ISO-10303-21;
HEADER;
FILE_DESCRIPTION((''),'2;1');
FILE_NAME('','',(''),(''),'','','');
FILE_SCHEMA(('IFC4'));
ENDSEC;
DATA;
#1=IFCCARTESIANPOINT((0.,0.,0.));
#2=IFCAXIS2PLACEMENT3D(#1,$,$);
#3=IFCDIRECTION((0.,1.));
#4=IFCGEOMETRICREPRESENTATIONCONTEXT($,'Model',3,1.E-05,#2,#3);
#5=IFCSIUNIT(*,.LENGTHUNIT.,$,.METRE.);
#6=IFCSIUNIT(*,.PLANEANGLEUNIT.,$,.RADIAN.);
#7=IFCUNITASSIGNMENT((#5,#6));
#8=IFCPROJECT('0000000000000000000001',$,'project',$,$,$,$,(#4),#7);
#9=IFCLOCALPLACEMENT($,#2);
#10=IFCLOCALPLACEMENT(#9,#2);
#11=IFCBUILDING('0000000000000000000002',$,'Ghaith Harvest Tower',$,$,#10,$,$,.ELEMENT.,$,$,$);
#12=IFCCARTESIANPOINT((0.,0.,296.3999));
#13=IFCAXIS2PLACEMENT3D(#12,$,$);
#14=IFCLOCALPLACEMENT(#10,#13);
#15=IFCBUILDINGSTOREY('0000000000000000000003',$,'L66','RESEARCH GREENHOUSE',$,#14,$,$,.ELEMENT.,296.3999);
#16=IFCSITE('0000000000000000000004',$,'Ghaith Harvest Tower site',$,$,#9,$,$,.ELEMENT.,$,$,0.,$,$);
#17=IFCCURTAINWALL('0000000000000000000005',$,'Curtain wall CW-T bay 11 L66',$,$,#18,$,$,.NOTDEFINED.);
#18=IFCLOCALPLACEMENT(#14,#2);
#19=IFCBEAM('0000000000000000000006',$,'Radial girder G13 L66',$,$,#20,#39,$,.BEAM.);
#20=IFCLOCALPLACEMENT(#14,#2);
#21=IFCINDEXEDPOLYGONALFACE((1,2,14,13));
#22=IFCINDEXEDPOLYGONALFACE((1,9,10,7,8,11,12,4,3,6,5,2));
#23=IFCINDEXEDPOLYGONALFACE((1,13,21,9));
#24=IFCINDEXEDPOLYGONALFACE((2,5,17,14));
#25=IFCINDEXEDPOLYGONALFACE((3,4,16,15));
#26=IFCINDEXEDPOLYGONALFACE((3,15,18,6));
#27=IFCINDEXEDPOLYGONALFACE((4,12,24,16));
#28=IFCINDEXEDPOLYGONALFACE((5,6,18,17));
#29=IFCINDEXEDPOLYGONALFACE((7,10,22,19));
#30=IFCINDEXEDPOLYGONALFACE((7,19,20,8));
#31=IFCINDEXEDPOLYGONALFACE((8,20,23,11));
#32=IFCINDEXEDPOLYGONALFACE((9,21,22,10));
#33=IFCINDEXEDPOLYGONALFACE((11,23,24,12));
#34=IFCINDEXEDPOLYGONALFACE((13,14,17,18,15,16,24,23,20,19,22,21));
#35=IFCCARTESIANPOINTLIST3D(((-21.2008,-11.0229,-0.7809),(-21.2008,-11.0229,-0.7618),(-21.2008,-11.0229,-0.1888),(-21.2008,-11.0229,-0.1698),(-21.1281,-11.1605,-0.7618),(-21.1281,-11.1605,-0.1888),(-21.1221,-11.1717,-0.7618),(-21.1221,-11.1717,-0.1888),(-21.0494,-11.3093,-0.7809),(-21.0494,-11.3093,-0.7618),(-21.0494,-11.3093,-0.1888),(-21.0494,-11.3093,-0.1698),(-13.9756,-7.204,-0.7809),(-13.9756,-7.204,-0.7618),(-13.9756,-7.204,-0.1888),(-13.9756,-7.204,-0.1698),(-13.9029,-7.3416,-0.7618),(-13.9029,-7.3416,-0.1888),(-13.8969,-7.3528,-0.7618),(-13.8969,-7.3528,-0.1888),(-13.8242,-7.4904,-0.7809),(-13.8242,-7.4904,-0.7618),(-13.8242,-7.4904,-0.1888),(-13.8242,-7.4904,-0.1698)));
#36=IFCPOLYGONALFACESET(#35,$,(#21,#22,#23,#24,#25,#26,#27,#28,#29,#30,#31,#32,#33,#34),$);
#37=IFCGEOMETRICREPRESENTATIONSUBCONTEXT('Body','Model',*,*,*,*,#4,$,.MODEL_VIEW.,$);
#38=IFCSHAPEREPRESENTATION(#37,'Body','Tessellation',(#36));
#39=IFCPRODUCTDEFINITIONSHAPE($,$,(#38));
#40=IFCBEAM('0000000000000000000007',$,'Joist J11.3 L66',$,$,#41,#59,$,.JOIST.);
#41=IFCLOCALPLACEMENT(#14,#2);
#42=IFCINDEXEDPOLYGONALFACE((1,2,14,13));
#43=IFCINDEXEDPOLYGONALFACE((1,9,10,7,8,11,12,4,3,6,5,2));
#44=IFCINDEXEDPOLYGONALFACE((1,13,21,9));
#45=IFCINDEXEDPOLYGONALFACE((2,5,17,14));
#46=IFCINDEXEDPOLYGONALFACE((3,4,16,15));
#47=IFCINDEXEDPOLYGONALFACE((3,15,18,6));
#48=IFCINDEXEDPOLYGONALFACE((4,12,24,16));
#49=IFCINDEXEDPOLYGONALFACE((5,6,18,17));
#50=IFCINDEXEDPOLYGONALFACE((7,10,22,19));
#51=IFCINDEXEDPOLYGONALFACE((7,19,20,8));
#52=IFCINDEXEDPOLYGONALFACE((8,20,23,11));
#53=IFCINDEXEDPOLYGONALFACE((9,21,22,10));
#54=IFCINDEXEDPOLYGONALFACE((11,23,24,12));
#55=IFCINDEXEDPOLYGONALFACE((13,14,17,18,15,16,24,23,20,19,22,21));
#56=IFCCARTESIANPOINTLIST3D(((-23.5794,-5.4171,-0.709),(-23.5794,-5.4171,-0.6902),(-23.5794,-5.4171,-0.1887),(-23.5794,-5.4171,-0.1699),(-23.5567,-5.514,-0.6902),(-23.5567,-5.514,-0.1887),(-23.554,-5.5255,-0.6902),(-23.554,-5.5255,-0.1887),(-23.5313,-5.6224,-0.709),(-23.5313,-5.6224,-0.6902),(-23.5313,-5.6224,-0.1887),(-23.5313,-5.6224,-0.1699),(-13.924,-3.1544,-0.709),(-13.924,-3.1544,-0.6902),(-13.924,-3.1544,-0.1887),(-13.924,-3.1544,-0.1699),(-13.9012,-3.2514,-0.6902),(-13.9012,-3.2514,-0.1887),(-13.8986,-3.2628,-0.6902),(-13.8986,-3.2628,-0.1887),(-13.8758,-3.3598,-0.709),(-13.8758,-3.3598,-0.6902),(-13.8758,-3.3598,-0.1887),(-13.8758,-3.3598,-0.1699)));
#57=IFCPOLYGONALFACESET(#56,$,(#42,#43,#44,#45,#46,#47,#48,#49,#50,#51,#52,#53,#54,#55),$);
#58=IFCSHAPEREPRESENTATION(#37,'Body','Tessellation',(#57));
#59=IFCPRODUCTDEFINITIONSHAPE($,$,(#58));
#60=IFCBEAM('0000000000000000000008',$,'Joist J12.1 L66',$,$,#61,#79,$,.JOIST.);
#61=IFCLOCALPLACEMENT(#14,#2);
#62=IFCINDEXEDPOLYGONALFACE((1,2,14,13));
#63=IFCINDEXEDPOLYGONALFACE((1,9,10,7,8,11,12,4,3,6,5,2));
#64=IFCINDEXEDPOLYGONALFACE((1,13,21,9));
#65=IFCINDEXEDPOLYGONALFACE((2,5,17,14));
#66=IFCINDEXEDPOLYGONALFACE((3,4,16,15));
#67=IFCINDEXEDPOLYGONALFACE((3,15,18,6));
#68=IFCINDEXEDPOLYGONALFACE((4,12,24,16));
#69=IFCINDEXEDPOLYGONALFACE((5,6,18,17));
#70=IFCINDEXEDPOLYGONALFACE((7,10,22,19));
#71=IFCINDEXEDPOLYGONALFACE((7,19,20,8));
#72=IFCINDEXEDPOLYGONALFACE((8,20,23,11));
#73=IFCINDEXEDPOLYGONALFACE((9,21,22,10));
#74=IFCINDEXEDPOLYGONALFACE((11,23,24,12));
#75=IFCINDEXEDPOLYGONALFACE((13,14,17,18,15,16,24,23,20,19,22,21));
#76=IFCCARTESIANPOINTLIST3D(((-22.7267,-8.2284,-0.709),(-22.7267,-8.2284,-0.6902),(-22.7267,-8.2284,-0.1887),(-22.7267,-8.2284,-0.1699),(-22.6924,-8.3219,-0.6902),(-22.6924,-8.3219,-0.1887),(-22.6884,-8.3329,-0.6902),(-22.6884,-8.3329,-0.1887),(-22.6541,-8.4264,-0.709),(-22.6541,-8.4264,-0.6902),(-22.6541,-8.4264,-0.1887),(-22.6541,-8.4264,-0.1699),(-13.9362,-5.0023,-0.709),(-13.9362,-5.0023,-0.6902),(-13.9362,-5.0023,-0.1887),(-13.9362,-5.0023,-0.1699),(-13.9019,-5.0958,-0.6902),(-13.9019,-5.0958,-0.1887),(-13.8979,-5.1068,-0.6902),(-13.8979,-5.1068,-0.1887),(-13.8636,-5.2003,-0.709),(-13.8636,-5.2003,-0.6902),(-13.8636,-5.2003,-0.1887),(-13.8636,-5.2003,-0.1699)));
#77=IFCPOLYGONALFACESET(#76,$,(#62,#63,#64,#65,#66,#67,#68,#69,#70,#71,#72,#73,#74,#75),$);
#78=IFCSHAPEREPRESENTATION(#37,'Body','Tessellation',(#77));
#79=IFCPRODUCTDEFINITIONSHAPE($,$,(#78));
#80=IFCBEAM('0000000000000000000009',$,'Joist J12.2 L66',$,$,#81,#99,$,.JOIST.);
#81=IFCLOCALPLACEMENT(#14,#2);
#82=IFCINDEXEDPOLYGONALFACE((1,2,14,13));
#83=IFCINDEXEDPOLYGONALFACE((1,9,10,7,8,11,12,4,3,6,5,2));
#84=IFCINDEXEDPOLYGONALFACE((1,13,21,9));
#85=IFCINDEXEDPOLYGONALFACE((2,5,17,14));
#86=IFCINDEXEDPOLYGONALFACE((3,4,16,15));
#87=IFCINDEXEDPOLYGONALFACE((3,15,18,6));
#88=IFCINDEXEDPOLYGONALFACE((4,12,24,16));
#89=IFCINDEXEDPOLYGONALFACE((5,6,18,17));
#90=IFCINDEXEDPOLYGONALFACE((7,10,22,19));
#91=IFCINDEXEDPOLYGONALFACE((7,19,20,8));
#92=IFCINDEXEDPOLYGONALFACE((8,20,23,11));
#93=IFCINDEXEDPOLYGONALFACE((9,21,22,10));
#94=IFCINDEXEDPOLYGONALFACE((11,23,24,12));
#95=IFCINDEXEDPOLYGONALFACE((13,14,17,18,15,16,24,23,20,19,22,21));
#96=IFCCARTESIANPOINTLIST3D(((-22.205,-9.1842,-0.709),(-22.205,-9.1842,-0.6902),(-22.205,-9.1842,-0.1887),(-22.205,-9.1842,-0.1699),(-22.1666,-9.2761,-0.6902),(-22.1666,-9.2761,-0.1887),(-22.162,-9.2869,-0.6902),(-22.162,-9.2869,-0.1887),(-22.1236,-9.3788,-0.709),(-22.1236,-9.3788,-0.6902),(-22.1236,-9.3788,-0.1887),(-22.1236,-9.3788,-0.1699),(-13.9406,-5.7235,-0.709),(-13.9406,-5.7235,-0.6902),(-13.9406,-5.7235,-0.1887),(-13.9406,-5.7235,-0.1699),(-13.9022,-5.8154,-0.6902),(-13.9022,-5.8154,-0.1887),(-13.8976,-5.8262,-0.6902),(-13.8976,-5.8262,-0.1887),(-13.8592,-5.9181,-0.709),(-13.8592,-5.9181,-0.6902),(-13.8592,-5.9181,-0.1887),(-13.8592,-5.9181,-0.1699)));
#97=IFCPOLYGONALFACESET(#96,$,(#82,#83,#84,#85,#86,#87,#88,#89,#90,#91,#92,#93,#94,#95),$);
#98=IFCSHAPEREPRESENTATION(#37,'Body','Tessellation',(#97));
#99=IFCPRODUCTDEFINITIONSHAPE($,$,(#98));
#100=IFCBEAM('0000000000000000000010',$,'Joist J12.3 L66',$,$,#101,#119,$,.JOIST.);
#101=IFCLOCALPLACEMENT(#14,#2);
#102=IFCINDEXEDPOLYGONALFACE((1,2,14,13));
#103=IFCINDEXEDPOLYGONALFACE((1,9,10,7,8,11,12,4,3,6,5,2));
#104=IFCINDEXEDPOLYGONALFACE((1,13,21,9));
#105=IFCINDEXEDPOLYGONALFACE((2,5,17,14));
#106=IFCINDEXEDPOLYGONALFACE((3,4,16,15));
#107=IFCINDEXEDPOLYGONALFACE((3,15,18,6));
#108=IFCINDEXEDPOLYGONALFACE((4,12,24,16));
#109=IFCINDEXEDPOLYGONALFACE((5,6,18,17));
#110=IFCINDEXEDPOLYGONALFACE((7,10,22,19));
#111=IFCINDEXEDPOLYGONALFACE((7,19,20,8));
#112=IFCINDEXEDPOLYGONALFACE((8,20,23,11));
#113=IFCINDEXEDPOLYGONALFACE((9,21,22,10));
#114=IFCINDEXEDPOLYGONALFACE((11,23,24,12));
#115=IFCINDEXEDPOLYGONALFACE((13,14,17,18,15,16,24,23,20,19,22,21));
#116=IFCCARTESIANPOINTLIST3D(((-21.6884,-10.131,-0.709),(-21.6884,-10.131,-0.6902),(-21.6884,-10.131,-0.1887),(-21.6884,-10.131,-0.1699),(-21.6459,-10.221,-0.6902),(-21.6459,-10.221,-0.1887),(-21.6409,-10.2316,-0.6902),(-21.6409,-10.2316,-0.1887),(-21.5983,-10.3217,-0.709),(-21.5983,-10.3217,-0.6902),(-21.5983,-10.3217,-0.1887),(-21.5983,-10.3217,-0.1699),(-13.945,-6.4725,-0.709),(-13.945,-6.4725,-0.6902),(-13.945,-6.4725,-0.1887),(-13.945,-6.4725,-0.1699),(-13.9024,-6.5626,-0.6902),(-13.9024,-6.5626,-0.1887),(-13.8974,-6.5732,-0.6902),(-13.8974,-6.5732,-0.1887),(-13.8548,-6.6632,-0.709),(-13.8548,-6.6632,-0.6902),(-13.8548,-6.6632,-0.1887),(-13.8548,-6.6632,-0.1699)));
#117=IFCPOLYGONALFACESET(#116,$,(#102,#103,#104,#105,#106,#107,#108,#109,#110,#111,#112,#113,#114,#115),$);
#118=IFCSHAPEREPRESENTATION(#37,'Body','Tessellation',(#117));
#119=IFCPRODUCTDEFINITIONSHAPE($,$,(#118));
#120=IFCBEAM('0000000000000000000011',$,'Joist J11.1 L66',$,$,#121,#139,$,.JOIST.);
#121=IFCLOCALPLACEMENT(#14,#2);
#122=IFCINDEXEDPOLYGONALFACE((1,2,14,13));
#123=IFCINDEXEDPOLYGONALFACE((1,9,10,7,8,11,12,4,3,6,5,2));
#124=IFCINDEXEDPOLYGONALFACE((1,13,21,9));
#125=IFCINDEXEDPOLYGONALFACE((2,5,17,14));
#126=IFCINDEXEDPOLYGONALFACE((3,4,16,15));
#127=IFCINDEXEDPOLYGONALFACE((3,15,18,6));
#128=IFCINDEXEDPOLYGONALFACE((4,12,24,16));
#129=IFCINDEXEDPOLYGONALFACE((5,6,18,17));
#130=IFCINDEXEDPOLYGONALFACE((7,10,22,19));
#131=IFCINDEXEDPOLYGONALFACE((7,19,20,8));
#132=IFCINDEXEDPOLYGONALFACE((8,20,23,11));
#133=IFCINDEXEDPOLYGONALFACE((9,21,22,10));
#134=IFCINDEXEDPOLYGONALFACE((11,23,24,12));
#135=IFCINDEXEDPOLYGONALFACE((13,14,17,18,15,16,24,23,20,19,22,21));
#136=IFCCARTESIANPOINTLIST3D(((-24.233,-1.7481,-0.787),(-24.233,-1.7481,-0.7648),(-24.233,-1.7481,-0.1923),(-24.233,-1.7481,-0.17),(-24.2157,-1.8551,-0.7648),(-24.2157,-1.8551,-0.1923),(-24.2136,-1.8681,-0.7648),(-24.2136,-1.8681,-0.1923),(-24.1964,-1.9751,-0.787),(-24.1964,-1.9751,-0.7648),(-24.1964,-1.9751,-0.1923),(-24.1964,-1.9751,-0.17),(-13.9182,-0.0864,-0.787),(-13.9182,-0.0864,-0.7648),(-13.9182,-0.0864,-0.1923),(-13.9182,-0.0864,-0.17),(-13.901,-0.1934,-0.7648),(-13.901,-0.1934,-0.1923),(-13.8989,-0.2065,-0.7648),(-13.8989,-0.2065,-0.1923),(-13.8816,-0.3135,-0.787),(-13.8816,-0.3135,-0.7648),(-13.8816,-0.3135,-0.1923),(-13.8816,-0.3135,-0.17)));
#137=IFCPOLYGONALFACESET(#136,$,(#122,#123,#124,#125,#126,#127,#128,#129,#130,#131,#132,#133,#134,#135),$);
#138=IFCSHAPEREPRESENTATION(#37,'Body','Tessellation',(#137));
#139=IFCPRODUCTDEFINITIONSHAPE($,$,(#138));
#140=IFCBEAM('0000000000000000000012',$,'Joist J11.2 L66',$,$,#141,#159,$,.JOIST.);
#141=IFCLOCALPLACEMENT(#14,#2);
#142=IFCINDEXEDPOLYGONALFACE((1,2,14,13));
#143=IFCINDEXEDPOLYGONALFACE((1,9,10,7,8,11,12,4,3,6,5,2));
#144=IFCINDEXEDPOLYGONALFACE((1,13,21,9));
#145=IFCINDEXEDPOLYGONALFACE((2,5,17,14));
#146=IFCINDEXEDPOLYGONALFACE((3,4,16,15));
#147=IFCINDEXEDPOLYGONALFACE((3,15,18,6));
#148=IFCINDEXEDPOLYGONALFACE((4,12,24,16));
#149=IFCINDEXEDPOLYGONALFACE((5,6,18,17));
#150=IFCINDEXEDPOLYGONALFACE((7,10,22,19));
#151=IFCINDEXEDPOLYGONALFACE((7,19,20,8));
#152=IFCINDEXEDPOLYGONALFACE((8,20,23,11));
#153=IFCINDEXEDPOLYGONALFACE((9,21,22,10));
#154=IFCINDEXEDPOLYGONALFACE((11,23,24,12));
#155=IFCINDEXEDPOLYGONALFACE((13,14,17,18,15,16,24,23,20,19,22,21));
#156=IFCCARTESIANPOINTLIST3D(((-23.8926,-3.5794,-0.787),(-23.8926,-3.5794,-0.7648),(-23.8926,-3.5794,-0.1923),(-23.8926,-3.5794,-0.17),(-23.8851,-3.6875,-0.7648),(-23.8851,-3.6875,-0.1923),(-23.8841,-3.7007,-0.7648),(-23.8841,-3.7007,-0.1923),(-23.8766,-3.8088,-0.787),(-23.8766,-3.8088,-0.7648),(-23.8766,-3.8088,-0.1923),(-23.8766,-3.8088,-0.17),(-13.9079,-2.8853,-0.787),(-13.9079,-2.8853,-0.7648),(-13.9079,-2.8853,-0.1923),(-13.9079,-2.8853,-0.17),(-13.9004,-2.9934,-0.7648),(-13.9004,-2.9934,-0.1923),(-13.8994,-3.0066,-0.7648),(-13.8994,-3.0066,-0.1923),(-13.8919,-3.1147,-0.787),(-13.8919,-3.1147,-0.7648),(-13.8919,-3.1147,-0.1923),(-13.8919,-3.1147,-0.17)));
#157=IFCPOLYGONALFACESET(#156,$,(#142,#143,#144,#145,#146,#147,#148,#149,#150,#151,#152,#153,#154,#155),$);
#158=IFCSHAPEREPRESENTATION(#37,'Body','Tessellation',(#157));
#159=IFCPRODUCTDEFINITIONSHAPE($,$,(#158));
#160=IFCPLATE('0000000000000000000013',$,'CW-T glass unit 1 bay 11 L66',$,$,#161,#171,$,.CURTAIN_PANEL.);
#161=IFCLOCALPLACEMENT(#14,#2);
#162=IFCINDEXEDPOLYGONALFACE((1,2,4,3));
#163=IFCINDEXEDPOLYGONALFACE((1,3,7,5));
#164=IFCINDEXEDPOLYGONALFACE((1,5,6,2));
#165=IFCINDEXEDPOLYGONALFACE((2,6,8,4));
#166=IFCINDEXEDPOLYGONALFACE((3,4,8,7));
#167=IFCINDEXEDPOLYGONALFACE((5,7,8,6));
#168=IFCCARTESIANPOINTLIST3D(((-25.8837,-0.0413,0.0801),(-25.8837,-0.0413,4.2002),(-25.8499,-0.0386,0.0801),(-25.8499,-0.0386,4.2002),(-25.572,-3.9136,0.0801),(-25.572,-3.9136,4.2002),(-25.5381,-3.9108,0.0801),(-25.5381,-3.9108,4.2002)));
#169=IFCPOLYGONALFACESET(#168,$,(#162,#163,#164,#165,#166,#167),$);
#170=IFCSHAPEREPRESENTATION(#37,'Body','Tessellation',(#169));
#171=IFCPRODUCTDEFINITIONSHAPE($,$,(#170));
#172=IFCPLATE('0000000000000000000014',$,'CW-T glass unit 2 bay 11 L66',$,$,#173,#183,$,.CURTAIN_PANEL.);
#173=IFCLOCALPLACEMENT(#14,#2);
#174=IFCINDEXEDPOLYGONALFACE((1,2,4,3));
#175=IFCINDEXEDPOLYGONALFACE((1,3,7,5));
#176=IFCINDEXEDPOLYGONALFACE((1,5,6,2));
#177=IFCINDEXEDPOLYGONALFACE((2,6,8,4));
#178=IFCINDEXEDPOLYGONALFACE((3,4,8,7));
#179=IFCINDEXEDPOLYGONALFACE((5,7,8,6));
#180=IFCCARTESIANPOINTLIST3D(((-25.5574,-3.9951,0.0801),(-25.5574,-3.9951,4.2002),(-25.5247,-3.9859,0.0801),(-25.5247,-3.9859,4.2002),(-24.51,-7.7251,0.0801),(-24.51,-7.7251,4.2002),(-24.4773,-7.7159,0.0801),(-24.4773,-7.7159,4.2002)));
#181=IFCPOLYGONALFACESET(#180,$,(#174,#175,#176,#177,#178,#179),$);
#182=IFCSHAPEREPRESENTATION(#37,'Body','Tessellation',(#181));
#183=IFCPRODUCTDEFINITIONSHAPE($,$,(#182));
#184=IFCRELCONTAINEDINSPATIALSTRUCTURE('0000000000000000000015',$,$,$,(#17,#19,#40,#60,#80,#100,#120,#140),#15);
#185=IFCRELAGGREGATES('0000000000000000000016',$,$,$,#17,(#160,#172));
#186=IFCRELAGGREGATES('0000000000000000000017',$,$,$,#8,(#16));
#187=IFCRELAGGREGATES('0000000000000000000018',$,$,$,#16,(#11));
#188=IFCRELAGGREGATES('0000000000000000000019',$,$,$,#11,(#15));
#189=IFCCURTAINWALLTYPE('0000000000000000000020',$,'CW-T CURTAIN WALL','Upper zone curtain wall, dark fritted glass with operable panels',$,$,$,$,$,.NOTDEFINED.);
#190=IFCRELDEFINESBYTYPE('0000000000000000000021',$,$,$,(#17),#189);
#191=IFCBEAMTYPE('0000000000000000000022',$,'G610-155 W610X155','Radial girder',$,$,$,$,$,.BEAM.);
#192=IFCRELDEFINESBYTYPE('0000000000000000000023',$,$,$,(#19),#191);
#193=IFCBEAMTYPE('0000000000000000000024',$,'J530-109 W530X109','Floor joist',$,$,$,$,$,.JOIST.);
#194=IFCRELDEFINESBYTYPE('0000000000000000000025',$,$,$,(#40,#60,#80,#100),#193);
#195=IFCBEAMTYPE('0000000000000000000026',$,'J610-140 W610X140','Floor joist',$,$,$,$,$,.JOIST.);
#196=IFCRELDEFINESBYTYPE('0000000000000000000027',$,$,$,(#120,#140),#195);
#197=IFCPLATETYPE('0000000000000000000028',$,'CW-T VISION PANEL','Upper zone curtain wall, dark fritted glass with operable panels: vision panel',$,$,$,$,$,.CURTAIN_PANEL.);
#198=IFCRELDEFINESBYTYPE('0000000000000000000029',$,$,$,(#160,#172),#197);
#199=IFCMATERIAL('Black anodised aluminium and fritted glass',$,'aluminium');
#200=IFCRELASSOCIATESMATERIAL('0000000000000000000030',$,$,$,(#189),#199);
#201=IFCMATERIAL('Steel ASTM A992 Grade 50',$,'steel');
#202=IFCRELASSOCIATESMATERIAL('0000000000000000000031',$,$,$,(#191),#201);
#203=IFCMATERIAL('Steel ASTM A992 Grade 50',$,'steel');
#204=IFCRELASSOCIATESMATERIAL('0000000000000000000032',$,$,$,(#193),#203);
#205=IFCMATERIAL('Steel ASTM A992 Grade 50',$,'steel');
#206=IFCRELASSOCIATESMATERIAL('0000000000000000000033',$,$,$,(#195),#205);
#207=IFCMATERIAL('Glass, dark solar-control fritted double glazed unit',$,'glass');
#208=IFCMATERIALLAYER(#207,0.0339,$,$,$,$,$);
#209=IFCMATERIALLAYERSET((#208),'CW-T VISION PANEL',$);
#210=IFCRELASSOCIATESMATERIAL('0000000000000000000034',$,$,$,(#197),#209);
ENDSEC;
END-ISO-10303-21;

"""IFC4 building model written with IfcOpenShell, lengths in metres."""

from ifc_helpers import new_model, si_unit, direction, frame, origin, origin_2d, place, context, subcontext, project, spatial, rectangle, i_section, extrude, material, layer, layer_set, material_profile, profile_set, type_object, element, aggregate, save


model = new_model("IFC4")

# Units and contexts
model_context = context("Model", 3, precision=1e-05, world=origin(), true_north=direction((0.0, 1.0)))
body_context = subcontext(model_context, "Body", "Model", "MODEL_VIEW")
ifc_project = project(units=[si_unit("LENGTHUNIT", "METRE"), si_unit("PLANEANGLEUNIT", "RADIAN")], contexts=[model_context])

# Site, building, storey
site_placement = place(None, origin())
site = spatial("IfcSite", under=ifc_project, at=site_placement, Name="Ghaith Harvest Tower site", CompositionType="ELEMENT", RefElevation=0.0)
building_placement = place(site_placement, origin())
building = spatial("IfcBuilding", under=site, at=building_placement, Name="Ghaith Harvest Tower", CompositionType="ELEMENT")
storey_placement = place(building_placement, frame((0.0, 0.0, 296.3999)))
storey = spatial("IfcBuildingStorey", under=building, at=storey_placement, Name="L66", Description="RESEARCH GREENHOUSE", CompositionType="ELEMENT", Elevation=296.3999)

# Curtain wall
ifc_material_1 = material(Name="Black anodised aluminium and fritted glass", Category="aluminium")
curtain_wall_type = type_object("IfcCurtainWallType", Name="CW-T CURTAIN WALL", Description="Upper zone curtain wall, dark fritted glass with operable panels", PredefinedType="NOTDEFINED", material=ifc_material_1)
curtain_wall_1_placement = place(storey_placement, origin())
curtain_wall_1 = element("IfcCurtainWall", 1, at=curtain_wall_1_placement, inside=storey, type_object=curtain_wall_type, Name="Curtain wall CW-T bay 11 L66", PredefinedType="NOTDEFINED")

# Beams
ifc_material_2 = material(Name="Steel ASTM A992 Grade 50", Category="steel")
ifc_material_profile_1 = material_profile(ifc_material_2, i_section(OverallWidth=0.324, OverallDepth=0.6111, WebThickness=0.0127, FlangeThickness=0.019, at=origin_2d()), Name="W610X155")
ifc_profile_set_1 = profile_set([ifc_material_profile_1], Name="Steel ASTM A992 Grade 50")
beam_type_1 = type_object("IfcBeamType", Name="G610-155 W610X155", Description="Radial girder", PredefinedType="BEAM", material=ifc_profile_set_1)
beam_1_placement = place(storey_placement, frame((-13.8999, -7.3472, -0.4753), z_axis=(-0.884102, -0.467295, 0.0), x_axis=(0.467295, -0.884102, 0.0)))
element("IfcBeam", 2, at=beam_1_placement, inside=storey, type_object=beam_type_1, Name="Radial girder G13 L66", PredefinedType="BEAM", context=body_context, shape_type="SweptSolid", body=[
    extrude(i_section(OverallWidth=0.324, OverallDepth=0.6111, WebThickness=0.0127, FlangeThickness=0.019, at=origin_2d()), origin(), (0.0, 0.0, 1.0), 8.1724),
])
ifc_material_3 = material(Name="Steel ASTM A992 Grade 50", Category="steel")
ifc_material_profile_2 = material_profile(ifc_material_3, i_section(OverallWidth=0.2109, OverallDepth=0.5391, WebThickness=0.0117, FlangeThickness=0.0188, at=origin_2d()), Name="W530X109")
ifc_profile_set_2 = profile_set([ifc_material_profile_2], Name="Steel ASTM A992 Grade 50")
beam_type_2 = type_object("IfcBeamType", Name="J530-109 W530X109", Description="Floor joist", PredefinedType="JOIST", material=ifc_profile_set_2)
beam_2_placement = place(storey_placement, frame((-13.8999, -3.2571, -0.4395), z_axis=(-0.973623, -0.228161, 0.0), x_axis=(0.228161, -0.973623, 0.0)))
element("IfcBeam", 3, at=beam_2_placement, inside=storey, type_object=beam_type_2, Name="Joist J11.3 L66", PredefinedType="JOIST", context=body_context, shape_type="SweptSolid", body=[
    extrude(i_section(OverallWidth=0.2109, OverallDepth=0.5391, WebThickness=0.0117, FlangeThickness=0.0188, at=origin_2d()), origin(), (0.0, 0.0, 1.0), 9.917),
])
beam_3_placement = place(storey_placement, frame((-13.8999, -5.1013, -0.4395), z_axis=(-0.938777, -0.344526, 0.0), x_axis=(0.344526, -0.938777, 0.0)))
element("IfcBeam", 4, at=beam_3_placement, inside=storey, type_object=beam_type_2, Name="Joist J12.1 L66", PredefinedType="JOIST", context=body_context, shape_type="SweptSolid", body=[
    extrude(i_section(OverallWidth=0.2109, OverallDepth=0.5391, WebThickness=0.0117, FlangeThickness=0.0188, at=origin_2d()), origin(), (0.0, 0.0, 1.0), 9.3638),
])
beam_4_placement = place(storey_placement, frame((-13.8999, -5.8208, -0.4395), z_axis=(-0.922394, -0.38625, 0.0), x_axis=(0.38625, -0.922394, 0.0)))
element("IfcBeam", 5, at=beam_4_placement, inside=storey, type_object=beam_type_2, Name="Joist J12.2 L66", PredefinedType="JOIST", context=body_context, shape_type="SweptSolid", body=[
    extrude(i_section(OverallWidth=0.2109, OverallDepth=0.5391, WebThickness=0.0117, FlangeThickness=0.0188, at=origin_2d()), origin(), (0.0, 0.0, 1.0), 8.9597),
])
beam_5_placement = place(storey_placement, frame((-13.8999, -6.5679, -0.4395), z_axis=(-0.904166, -0.427182, 0.0), x_axis=(0.427182, -0.904166, 0.0)))
element("IfcBeam", 6, at=beam_5_placement, inside=storey, type_object=beam_type_2, Name="Joist J12.3 L66", PredefinedType="JOIST", context=body_context, shape_type="SweptSolid", body=[
    extrude(i_section(OverallWidth=0.2109, OverallDepth=0.5391, WebThickness=0.0117, FlangeThickness=0.0188, at=origin_2d()), origin(), (0.0, 0.0, 1.0), 8.5642),
])
ifc_material_4 = material(Name="Steel ASTM A992 Grade 50", Category="steel")
ifc_material_profile_3 = material_profile(ifc_material_4, i_section(OverallWidth=0.23, OverallDepth=0.6169, WebThickness=0.0132, FlangeThickness=0.0222, at=origin_2d()), Name="W610X140")
ifc_profile_set_3 = profile_set([ifc_material_profile_3], Name="Steel ASTM A992 Grade 50")
beam_type_3 = type_object("IfcBeamType", Name="J610-140 W610X140", Description="Floor joist", PredefinedType="JOIST", material=ifc_profile_set_3)
beam_6_placement = place(storey_placement, frame((-13.8999, -0.2, -0.4785), z_axis=(-0.987272, -0.159042, 0.0), x_axis=(0.159042, -0.987272, 0.0)))
element("IfcBeam", 7, at=beam_6_placement, inside=storey, type_object=beam_type_3, Name="Joist J11.1 L66", PredefinedType="JOIST", context=body_context, shape_type="SweptSolid", body=[
    extrude(i_section(OverallWidth=0.23, OverallDepth=0.6169, WebThickness=0.0132, FlangeThickness=0.0222, at=origin_2d()), origin(), (0.0, 0.0, 1.0), 10.4478),
])
beam_7_placement = place(storey_placement, frame((-13.8999, -3.0, -0.4785), z_axis=(-0.997592, -0.069349, 0.0), x_axis=(0.069349, -0.997592, 0.0)))
element("IfcBeam", 8, at=beam_7_placement, inside=storey, type_object=beam_type_3, Name="Joist J11.2 L66", PredefinedType="JOIST", context=body_context, shape_type="SweptSolid", body=[
    extrude(i_section(OverallWidth=0.23, OverallDepth=0.6169, WebThickness=0.0132, FlangeThickness=0.0222, at=origin_2d()), origin(), (0.0, 0.0, 1.0), 10.0088),
])

# Plates
ifc_material_5 = material(Name="Glass, dark solar-control fritted double glazed unit", Category="glass")
ifc_layer_1 = layer(ifc_material_5, 0.0339)
ifc_layer_set_1 = layer_set([ifc_layer_1], Name="CW-T VISION PANEL")
plate_type_1 = type_object("IfcPlateType", Name="CW-T VISION PANEL", Description="Upper zone curtain wall, dark fritted glass with operable panels: vision panel", PredefinedType="CURTAIN_PANEL", material=ifc_layer_set_1)
plate_1_placement = place(storey_placement, frame((-25.7109, -1.9761, 0.0801), z_axis=(0.0, 0.0, 1.0), x_axis=(0.080258, -0.996774, 0.0)))
plate_1 = element("IfcPlate", 9, at=plate_1_placement, type_object=plate_type_1, Name="CW-T glass unit 1 bay 11 L66", PredefinedType="CURTAIN_PANEL", context=body_context, shape_type="SweptSolid", body=[
    extrude(rectangle(XDim=3.8848, YDim=0.0339, at=origin_2d()), origin(), (0.0, 0.0, 1.0), 4.1201),
])
plate_2_placement = place(storey_placement, frame((-25.0173, -5.8555, 0.0801), z_axis=(0.0, 0.0, 1.0), x_axis=(0.270355, -0.962761, 0.0)))
plate_2 = element("IfcPlate", 10, at=plate_2_placement, type_object=plate_type_1, Name="CW-T glass unit 2 bay 11 L66", PredefinedType="CURTAIN_PANEL", context=body_context, shape_type="SweptSolid", body=[
    extrude(rectangle(XDim=3.8743, YDim=0.0339, at=origin_2d()), origin(), (0.0, 0.0, 1.0), 4.1201),
])
aggregate(curtain_wall_1, [plate_1, plate_2])

save(model, "model.ifc")
